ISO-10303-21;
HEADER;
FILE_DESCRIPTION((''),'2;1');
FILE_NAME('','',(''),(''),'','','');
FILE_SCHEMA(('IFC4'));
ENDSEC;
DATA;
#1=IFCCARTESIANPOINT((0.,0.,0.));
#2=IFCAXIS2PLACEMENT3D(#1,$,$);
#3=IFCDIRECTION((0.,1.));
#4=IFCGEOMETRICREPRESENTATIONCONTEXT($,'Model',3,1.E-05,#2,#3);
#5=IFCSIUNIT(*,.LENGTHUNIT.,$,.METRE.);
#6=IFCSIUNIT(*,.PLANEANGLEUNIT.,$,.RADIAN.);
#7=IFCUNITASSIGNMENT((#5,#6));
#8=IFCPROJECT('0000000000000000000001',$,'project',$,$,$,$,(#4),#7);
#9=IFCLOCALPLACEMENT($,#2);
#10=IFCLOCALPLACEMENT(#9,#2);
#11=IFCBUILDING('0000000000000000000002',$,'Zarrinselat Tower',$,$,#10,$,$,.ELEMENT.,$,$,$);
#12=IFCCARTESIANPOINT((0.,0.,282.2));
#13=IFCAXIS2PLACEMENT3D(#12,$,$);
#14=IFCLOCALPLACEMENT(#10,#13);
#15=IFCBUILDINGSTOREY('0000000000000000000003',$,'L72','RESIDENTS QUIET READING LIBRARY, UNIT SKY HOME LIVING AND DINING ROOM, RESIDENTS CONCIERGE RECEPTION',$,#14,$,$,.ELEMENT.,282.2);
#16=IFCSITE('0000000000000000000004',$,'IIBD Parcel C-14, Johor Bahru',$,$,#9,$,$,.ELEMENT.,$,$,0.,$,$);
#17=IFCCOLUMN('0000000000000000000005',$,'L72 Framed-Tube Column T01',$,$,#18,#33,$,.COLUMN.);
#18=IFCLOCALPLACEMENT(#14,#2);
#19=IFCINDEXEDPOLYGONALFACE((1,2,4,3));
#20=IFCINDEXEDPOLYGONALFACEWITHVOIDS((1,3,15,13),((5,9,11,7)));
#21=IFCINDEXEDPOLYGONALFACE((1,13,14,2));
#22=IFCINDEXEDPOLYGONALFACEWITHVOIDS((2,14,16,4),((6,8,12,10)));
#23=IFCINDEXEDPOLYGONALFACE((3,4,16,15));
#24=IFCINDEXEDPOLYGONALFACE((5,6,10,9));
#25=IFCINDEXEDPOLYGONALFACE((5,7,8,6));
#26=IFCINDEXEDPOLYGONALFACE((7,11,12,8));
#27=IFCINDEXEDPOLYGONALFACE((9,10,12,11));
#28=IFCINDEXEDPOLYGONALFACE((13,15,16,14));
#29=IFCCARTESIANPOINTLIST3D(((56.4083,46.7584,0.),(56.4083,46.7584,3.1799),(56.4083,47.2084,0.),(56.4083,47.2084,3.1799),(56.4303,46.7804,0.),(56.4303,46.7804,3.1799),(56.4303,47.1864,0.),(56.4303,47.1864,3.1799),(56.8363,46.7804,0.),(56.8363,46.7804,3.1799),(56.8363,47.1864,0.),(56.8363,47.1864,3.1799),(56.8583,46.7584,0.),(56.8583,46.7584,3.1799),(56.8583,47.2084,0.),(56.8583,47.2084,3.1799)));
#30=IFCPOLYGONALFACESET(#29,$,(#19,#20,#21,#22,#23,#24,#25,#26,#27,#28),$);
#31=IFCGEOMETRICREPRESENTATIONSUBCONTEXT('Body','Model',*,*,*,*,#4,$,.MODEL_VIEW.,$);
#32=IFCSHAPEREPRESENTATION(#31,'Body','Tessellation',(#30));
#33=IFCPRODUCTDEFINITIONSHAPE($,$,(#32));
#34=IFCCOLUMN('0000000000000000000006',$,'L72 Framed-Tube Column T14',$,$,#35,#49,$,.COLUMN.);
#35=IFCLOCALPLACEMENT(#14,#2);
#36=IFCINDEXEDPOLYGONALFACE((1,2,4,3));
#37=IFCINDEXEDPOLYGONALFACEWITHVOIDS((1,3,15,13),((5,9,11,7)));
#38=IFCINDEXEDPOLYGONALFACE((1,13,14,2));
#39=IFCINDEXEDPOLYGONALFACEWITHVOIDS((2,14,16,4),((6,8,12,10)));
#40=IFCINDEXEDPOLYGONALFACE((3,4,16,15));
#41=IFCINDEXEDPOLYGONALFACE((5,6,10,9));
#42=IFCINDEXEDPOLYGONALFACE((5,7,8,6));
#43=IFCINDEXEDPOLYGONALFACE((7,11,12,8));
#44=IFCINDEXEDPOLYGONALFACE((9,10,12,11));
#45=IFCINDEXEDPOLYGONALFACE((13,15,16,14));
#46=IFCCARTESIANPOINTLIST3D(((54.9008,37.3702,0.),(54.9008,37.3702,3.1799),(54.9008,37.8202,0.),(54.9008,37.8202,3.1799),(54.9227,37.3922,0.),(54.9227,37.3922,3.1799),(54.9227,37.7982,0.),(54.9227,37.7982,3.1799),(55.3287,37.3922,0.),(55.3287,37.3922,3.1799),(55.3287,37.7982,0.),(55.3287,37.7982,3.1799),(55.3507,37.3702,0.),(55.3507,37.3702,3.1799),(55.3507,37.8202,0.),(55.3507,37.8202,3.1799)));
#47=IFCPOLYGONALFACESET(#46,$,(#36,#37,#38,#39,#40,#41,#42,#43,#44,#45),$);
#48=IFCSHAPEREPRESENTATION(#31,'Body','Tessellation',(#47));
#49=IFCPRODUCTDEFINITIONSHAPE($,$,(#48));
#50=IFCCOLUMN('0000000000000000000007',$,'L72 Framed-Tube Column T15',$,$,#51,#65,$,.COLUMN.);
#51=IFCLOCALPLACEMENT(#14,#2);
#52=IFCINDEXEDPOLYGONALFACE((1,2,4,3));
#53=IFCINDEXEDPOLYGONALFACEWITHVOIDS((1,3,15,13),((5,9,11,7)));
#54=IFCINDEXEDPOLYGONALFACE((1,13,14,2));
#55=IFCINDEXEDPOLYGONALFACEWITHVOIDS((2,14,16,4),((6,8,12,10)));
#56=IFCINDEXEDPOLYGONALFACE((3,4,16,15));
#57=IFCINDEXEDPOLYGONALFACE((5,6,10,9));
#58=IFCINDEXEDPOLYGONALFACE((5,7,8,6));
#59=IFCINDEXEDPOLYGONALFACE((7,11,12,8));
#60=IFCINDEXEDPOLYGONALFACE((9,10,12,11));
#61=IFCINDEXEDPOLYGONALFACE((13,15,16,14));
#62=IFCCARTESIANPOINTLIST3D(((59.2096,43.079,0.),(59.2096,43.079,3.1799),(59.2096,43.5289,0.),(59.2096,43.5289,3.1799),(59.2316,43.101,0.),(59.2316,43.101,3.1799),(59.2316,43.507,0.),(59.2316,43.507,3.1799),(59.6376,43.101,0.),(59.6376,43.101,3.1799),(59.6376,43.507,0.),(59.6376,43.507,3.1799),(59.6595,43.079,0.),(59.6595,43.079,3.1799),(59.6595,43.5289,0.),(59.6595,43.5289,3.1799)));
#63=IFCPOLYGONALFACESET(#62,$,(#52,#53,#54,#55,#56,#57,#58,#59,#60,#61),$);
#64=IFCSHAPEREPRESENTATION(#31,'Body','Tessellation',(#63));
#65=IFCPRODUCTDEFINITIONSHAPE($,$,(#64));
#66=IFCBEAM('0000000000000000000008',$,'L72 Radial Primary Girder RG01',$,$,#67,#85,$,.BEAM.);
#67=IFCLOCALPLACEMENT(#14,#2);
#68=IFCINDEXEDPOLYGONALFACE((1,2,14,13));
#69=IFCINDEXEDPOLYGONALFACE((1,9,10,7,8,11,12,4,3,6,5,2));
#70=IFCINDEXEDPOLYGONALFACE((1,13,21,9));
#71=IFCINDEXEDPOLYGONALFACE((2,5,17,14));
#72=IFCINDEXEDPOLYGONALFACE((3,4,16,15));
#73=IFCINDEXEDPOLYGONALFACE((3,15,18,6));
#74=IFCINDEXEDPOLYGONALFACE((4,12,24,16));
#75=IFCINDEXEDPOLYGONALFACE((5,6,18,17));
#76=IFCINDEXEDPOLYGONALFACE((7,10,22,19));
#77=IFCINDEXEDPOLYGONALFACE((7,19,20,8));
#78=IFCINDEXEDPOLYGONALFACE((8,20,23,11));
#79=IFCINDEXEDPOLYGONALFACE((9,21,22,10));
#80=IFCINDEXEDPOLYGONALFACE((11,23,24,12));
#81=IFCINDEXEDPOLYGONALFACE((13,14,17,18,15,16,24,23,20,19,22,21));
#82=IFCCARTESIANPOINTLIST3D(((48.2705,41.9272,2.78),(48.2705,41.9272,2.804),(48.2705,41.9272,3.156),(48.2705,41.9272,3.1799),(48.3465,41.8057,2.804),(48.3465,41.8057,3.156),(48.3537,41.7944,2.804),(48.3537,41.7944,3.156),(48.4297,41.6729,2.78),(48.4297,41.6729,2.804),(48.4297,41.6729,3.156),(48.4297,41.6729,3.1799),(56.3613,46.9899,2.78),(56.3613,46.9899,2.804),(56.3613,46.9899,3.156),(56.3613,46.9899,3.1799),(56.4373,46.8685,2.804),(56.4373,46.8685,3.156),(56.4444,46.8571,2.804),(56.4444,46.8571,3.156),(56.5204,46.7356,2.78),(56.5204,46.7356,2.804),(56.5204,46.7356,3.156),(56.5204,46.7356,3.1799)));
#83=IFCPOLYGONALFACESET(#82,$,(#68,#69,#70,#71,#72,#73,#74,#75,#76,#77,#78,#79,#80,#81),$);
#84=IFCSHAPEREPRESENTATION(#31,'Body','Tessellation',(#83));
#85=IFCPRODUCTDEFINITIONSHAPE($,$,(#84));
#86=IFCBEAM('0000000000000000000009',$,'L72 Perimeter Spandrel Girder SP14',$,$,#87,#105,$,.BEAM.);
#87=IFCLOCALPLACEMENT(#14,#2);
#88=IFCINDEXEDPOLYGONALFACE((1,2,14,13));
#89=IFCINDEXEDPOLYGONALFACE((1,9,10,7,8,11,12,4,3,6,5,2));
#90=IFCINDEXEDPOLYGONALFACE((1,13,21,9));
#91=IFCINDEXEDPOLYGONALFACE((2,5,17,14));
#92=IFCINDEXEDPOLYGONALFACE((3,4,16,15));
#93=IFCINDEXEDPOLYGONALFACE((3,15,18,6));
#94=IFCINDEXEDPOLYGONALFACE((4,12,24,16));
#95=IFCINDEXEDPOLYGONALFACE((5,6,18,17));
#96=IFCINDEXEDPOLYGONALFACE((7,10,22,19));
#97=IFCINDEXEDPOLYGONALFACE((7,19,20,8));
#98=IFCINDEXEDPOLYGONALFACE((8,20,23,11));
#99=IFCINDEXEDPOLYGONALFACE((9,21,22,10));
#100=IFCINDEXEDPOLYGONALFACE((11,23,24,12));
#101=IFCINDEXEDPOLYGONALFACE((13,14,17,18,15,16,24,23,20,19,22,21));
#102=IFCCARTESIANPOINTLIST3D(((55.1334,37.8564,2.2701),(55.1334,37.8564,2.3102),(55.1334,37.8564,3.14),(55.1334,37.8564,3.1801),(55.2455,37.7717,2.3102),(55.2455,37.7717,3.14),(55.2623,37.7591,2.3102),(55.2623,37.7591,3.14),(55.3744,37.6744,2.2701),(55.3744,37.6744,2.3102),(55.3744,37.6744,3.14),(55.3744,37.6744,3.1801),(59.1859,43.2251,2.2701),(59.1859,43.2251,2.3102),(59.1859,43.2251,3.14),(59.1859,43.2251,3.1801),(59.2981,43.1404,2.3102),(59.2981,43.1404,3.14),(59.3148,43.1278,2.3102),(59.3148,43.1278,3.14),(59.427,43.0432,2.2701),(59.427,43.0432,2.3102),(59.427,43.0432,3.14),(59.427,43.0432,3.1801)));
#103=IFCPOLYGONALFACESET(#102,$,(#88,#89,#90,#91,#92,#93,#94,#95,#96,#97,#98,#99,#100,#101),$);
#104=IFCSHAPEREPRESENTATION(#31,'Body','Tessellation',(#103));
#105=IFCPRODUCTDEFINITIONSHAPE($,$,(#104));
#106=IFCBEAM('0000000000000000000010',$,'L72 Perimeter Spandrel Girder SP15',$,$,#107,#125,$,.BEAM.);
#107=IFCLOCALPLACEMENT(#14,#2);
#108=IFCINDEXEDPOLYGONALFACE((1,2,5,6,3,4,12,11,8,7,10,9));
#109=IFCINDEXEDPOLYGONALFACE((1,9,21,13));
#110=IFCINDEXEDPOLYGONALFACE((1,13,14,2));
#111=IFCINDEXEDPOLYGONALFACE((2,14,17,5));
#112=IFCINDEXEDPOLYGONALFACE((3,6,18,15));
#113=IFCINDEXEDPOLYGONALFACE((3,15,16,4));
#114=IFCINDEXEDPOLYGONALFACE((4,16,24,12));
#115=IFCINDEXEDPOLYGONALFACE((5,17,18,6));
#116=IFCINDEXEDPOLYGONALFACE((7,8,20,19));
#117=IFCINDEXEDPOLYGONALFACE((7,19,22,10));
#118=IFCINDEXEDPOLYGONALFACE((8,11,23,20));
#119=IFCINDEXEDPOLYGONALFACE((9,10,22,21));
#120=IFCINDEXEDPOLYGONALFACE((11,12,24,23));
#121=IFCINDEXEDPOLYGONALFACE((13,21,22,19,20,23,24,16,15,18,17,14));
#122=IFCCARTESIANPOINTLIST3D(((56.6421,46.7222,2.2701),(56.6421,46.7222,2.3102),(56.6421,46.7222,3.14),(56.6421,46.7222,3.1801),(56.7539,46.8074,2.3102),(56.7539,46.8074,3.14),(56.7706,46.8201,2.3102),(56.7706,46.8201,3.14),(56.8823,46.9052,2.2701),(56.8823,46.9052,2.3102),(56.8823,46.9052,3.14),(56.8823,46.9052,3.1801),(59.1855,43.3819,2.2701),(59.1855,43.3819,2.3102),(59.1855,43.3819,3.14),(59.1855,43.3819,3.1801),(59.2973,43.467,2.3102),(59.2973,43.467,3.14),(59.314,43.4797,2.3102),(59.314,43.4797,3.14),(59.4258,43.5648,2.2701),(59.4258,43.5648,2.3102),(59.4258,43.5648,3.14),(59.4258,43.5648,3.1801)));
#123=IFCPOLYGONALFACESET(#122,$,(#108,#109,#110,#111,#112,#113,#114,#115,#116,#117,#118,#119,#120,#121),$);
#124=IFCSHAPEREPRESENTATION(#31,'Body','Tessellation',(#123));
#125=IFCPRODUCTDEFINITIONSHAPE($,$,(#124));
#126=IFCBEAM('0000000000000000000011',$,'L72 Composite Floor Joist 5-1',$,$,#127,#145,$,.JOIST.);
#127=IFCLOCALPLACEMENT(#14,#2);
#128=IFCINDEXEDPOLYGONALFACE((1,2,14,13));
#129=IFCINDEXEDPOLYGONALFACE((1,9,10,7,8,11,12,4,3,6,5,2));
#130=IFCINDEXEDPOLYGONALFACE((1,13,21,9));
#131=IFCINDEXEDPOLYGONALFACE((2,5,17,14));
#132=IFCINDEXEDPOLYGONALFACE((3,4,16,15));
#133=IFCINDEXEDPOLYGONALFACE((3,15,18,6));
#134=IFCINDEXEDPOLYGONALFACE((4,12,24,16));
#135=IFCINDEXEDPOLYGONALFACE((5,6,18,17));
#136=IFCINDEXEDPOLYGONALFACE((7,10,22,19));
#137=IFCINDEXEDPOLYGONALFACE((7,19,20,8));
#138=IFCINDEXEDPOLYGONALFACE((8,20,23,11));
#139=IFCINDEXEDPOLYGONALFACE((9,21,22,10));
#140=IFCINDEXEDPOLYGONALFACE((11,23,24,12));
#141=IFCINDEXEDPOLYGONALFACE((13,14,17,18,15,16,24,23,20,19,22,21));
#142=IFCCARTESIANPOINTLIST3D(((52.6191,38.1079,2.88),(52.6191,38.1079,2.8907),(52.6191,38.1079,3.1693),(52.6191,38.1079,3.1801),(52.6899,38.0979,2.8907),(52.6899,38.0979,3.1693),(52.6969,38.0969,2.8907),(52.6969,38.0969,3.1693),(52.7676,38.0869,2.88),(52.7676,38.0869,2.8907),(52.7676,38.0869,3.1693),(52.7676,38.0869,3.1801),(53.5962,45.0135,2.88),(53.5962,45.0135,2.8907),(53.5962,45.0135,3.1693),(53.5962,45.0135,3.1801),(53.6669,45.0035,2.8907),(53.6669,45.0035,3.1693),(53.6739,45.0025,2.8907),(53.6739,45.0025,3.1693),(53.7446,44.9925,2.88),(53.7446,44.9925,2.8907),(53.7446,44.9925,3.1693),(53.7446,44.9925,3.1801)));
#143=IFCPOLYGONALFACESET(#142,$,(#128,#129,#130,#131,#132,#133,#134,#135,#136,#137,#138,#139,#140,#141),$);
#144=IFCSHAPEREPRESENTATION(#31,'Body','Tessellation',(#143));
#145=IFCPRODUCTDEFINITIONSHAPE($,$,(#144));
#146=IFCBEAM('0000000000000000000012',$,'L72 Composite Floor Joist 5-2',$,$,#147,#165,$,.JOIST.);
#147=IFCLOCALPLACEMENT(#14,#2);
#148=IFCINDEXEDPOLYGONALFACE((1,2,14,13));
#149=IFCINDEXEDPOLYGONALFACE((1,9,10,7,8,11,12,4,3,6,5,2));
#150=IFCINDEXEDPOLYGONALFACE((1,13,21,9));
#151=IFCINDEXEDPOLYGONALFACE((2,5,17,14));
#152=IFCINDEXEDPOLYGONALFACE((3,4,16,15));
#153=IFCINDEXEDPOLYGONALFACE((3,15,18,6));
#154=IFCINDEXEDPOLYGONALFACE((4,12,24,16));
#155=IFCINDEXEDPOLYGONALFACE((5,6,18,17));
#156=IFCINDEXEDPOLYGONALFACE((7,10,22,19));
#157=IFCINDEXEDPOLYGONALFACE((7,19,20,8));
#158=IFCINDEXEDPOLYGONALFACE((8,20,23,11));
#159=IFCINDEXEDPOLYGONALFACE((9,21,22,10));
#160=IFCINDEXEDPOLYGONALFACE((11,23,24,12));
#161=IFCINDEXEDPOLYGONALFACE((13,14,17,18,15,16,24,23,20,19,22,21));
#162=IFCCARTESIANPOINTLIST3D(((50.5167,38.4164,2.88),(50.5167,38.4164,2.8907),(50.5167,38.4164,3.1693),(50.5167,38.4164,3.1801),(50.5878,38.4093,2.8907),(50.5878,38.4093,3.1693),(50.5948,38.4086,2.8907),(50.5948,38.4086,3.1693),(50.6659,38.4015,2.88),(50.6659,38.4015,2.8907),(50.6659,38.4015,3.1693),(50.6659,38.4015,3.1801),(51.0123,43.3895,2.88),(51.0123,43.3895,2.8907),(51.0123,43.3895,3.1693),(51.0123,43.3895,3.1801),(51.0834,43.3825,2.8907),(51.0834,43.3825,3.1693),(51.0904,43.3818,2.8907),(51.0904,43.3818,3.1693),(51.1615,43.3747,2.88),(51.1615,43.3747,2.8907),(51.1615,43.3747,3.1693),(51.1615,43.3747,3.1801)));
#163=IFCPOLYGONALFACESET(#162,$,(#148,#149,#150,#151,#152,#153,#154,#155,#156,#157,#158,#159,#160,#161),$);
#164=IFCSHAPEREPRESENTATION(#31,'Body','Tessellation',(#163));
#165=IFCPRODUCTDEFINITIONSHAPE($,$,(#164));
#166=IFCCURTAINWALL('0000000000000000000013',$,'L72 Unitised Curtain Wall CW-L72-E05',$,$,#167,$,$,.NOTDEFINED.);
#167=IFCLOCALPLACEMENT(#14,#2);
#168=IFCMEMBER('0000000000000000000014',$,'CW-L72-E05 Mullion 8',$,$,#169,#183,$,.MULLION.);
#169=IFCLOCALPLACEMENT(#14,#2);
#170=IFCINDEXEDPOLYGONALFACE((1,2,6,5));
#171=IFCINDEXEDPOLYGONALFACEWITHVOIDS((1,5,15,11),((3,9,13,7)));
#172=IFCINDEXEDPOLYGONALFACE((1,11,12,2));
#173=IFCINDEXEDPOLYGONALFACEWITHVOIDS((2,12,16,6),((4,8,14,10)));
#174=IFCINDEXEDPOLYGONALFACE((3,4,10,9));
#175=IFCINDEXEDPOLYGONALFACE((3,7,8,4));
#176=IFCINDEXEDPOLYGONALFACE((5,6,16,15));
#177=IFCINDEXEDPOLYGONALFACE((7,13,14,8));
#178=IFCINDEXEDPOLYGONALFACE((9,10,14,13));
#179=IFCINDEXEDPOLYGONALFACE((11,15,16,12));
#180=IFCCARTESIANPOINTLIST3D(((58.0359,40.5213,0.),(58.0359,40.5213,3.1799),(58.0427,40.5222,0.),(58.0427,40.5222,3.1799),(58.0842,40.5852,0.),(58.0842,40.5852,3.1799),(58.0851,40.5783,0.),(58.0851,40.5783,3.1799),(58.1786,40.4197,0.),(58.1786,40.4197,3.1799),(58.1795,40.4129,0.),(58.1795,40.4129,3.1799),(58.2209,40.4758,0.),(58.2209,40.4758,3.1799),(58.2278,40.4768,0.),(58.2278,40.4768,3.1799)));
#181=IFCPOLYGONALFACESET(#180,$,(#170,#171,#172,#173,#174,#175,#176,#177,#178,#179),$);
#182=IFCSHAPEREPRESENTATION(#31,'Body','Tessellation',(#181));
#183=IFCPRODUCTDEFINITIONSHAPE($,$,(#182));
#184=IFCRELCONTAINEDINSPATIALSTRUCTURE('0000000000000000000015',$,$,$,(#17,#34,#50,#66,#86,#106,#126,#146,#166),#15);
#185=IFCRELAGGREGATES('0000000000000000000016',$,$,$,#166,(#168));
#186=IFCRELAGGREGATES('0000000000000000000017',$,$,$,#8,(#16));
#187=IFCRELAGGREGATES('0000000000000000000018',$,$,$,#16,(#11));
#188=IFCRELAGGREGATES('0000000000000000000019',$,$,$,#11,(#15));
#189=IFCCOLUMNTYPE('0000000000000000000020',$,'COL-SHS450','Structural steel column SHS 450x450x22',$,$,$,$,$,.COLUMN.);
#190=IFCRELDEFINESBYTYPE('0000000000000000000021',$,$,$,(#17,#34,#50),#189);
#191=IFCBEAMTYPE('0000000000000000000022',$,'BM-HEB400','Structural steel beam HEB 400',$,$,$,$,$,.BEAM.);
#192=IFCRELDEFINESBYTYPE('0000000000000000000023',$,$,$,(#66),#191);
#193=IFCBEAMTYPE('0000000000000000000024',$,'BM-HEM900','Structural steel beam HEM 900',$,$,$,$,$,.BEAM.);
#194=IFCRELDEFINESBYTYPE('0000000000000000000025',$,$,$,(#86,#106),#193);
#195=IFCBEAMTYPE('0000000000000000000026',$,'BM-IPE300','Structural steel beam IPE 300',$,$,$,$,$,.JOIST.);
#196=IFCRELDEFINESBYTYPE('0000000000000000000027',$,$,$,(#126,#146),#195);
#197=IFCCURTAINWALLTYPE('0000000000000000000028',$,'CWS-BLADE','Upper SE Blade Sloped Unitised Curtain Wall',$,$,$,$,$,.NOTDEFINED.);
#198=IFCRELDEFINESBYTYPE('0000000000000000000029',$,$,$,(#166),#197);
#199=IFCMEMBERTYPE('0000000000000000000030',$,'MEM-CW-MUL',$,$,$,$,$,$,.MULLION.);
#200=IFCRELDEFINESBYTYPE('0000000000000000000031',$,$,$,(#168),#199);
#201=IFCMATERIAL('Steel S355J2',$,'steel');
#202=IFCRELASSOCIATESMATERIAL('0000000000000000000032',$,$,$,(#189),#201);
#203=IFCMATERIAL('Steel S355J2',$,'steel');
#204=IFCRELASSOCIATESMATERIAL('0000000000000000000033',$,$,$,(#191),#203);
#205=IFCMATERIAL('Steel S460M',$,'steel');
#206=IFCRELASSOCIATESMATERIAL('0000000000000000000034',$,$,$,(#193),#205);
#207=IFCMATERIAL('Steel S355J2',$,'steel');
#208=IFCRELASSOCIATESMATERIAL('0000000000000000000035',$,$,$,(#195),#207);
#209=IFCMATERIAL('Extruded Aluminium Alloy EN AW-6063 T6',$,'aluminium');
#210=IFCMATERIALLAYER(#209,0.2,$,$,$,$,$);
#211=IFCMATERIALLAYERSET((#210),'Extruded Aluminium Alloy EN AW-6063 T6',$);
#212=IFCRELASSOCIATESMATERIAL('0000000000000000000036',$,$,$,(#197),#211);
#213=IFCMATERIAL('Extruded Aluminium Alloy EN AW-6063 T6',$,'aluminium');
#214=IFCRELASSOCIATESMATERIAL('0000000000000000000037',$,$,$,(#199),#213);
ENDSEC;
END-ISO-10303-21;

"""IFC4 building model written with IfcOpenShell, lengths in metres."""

from ifc_helpers import new_model, si_unit, direction, frame, origin, origin_2d, place, context, subcontext, project, spatial, hollow_rectangle, i_section, extrude, material, layer, layer_set, material_profile, profile_set, type_object, element, aggregate, save


model = new_model("IFC4")

# Units and contexts
model_context = context("Model", 3, precision=1e-05, world=origin(), true_north=direction((0.0, 1.0)))
body_context = subcontext(model_context, "Body", "Model", "MODEL_VIEW")
ifc_project = project(units=[si_unit("LENGTHUNIT", "METRE"), si_unit("PLANEANGLEUNIT", "RADIAN")], contexts=[model_context])

# Site, building, storey
site_placement = place(None, origin())
site = spatial("IfcSite", under=ifc_project, at=site_placement, Name="IIBD Parcel C-14, Johor Bahru", CompositionType="ELEMENT", RefElevation=0.0)
building_placement = place(site_placement, origin())
building = spatial("IfcBuilding", under=site, at=building_placement, Name="Zarrinselat Tower", CompositionType="ELEMENT")
storey_placement = place(building_placement, frame((0.0, 0.0, 282.2)))
storey = spatial("IfcBuildingStorey", under=building, at=storey_placement, Name="L72", Description="RESIDENTS QUIET READING LIBRARY, UNIT SKY HOME LIVING AND DINING ROOM, RESIDENTS CONCIERGE RECEPTION", CompositionType="ELEMENT", Elevation=282.2)

# Columns
ifc_material_1 = material(Name="Steel S355J2", Category="steel")
ifc_material_profile_1 = material_profile(ifc_material_1, hollow_rectangle(XDim=0.45, YDim=0.45, WallThickness=0.022, at=origin_2d()), Name="SHS 450x450x22")
ifc_profile_set_1 = profile_set([ifc_material_profile_1], Name="Steel S355J2")
column_type = type_object("IfcColumnType", Name="COL-SHS450", Description="Structural steel column SHS 450x450x22", PredefinedType="COLUMN", material=ifc_profile_set_1)
for number, where, z_axis, x_axis, name in (
    (1, (56.6333, 46.9834, 0.0), (0.0, 0.0, 1.0), (1.0, 0.0, 0.0), "L72 Framed-Tube Column T01"),
    (2, (55.1257, 37.5952, 0.0), (0.0, 0.0, 1.0), (1.0, 0.0, 0.0), "L72 Framed-Tube Column T14"),
    (3, (59.4346, 43.304, 0.0), (0.0, 0.0, 1.0), (1.0, 0.0, 0.0), "L72 Framed-Tube Column T15"),
):
    element("IfcColumn", number, at=place(storey_placement, frame(where, z_axis=z_axis, x_axis=x_axis)), inside=storey, type_object=column_type, Name=name, PredefinedType="COLUMN", context=body_context, shape_type="SweptSolid", body=[
        extrude(hollow_rectangle(XDim=0.45, YDim=0.45, WallThickness=0.022, at=origin_2d()), origin(), (0.0, 0.0, 1.0), 3.1799),
    ])

# Beams
ifc_material_2 = material(Name="Steel S355J2", Category="steel")
ifc_material_profile_2 = material_profile(ifc_material_2, i_section(OverallWidth=0.3, OverallDepth=0.3999, WebThickness=0.0134, FlangeThickness=0.0239, at=origin_2d()), Name="HEB 400")
ifc_profile_set_2 = profile_set([ifc_material_profile_2], Name="Steel S355J2")
beam_type_1 = type_object("IfcBeamType", Name="BM-HEB400", Description="Structural steel beam HEB 400", PredefinedType="BEAM", material=ifc_profile_set_2)
beam_1_placement = place(storey_placement, frame((48.3501, 41.8, 2.98), z_axis=(0.847717, 0.53045, 0.0), x_axis=(-0.53045, 0.847717, 0.0)))
element("IfcBeam", 4, at=beam_1_placement, inside=storey, type_object=beam_type_1, Name="L72 Radial Primary Girder RG01", PredefinedType="BEAM", context=body_context, shape_type="SweptSolid", body=[
    extrude(i_section(OverallWidth=0.3, OverallDepth=0.3999, WebThickness=0.0134, FlangeThickness=0.0239, at=origin_2d()), origin(), (0.0, 0.0, 1.0), 9.5442),
])
ifc_material_3 = material(Name="Steel S460M", Category="steel")
ifc_material_profile_3 = material_profile(ifc_material_3, i_section(OverallWidth=0.302, OverallDepth=0.9099, WebThickness=0.021, FlangeThickness=0.04, at=origin_2d()), Name="HEM 900")
ifc_profile_set_3 = profile_set([ifc_material_profile_3], Name="Steel S460M")
beam_type_2 = type_object("IfcBeamType", Name="BM-HEM900", Description="Structural steel beam HEM 900", PredefinedType="BEAM", material=ifc_profile_set_3)
beam_2_placement = place(storey_placement, frame((55.2539, 37.7654, 2.7251), z_axis=(0.602471, 0.798141, 0.0), x_axis=(-0.798141, 0.602471, 0.0)))
element("IfcBeam", 5, at=beam_2_placement, inside=storey, type_object=beam_type_2, Name="L72 Perimeter Spandrel Girder SP14", PredefinedType="BEAM", context=body_context, shape_type="SweptSolid", body=[
    extrude(i_section(OverallWidth=0.302, OverallDepth=0.9099, WebThickness=0.021, FlangeThickness=0.04, at=origin_2d()), origin(), (0.0, 0.0, 1.0), 6.7266),
])
beam_3_placement = place(storey_placement, frame((56.7622, 46.8137, 2.7251), z_axis=(0.605808, -0.795611, 0.0), x_axis=(0.795611, 0.605808, 0.0)))
element("IfcBeam", 6, at=beam_3_placement, inside=storey, type_object=beam_type_2, Name="L72 Perimeter Spandrel Girder SP15", PredefinedType="BEAM", context=body_context, shape_type="SweptSolid", body=[
    extrude(i_section(OverallWidth=0.302, OverallDepth=0.9099, WebThickness=0.021, FlangeThickness=0.04, at=origin_2d()), origin(), (0.0, 0.0, 1.0), 4.1985),
])
ifc_material_4 = material(Name="Steel S355J2", Category="steel")
ifc_material_profile_4 = material_profile(ifc_material_4, i_section(OverallWidth=0.1499, OverallDepth=0.3, WebThickness=0.0071, FlangeThickness=0.0107, at=origin_2d()), Name="IPE 300")
ifc_profile_set_4 = profile_set([ifc_material_profile_4], Name="Steel S355J2")
beam_type_3 = type_object("IfcBeamType", Name="BM-IPE300", Description="Structural steel beam IPE 300", PredefinedType="JOIST", material=ifc_profile_set_4)
beam_4_placement = place(storey_placement, frame((52.6934, 38.0974, 3.03), z_axis=(0.140093, 0.990138, 0.0), x_axis=(-0.990138, 0.140093, 0.0)))
element("IfcBeam", 7, at=beam_4_placement, inside=storey, type_object=beam_type_3, Name="L72 Composite Floor Joist 5-1", PredefinedType="JOIST", context=body_context, shape_type="SweptSolid", body=[
    extrude(i_section(OverallWidth=0.1499, OverallDepth=0.3, WebThickness=0.0071, FlangeThickness=0.0107, at=origin_2d()), origin(), (0.0, 0.0, 1.0), 6.9744),
])
beam_5_placement = place(storey_placement, frame((50.5913, 38.4089, 3.03), z_axis=(0.099165, 0.995071, 0.0), x_axis=(-0.995071, 0.099165, 0.0)))
element("IfcBeam", 8, at=beam_5_placement, inside=storey, type_object=beam_type_3, Name="L72 Composite Floor Joist 5-2", PredefinedType="JOIST", context=body_context, shape_type="SweptSolid", body=[
    extrude(i_section(OverallWidth=0.1499, OverallDepth=0.3, WebThickness=0.0071, FlangeThickness=0.0107, at=origin_2d()), origin(), (0.0, 0.0, 1.0), 4.9978),
])

# Curtain wall, member
ifc_material_5 = material(Name="Extruded Aluminium Alloy EN AW-6063 T6", Category="aluminium")
ifc_layer_1 = layer(ifc_material_5, 0.2)
ifc_layer_set_1 = layer_set([ifc_layer_1], Name="Extruded Aluminium Alloy EN AW-6063 T6")
curtain_wall_type_1 = type_object("IfcCurtainWallType", Name="CWS-BLADE", Description="Upper SE Blade Sloped Unitised Curtain Wall", PredefinedType="NOTDEFINED", material=ifc_layer_set_1)
curtain_wall_1_placement = place(storey_placement, origin())
curtain_wall_1 = element("IfcCurtainWall", 9, at=curtain_wall_1_placement, inside=storey, type_object=curtain_wall_type_1, Name="L72 Unitised Curtain Wall CW-L72-E05", PredefinedType="NOTDEFINED")
ifc_material_6 = material(Name="Extruded Aluminium Alloy EN AW-6063 T6", Category="aluminium")
ifc_material_profile_5 = material_profile(ifc_material_6, hollow_rectangle(XDim=0.0801, YDim=0.1799, WallThickness=0.0049, at=origin_2d()), Name="RHS 180x80x5")
ifc_profile_set_5 = profile_set([ifc_material_profile_5], Name="Extruded Aluminium Alloy EN AW-6063 T6")
member_type_1 = type_object("IfcMemberType", Name="MEM-CW-MUL", PredefinedType="MULLION", material=ifc_profile_set_5)
member_1_placement = place(storey_placement, frame((58.1318, 40.499, 0.0), z_axis=(0.0, 0.0, 1.0), x_axis=(0.602445, 0.79816, 0.0)))
member_1 = element("IfcMember", 10, at=member_1_placement, type_object=member_type_1, Name="CW-L72-E05 Mullion 8", PredefinedType="MULLION", context=body_context, shape_type="SweptSolid", body=[
    extrude(hollow_rectangle(XDim=0.0801, YDim=0.1799, WallThickness=0.0049, at=origin_2d()), origin(), (0.0, 0.0, 1.0), 3.1799),
])

aggregate(curtain_wall_1, [member_1])

save(model, "model.ifc")
